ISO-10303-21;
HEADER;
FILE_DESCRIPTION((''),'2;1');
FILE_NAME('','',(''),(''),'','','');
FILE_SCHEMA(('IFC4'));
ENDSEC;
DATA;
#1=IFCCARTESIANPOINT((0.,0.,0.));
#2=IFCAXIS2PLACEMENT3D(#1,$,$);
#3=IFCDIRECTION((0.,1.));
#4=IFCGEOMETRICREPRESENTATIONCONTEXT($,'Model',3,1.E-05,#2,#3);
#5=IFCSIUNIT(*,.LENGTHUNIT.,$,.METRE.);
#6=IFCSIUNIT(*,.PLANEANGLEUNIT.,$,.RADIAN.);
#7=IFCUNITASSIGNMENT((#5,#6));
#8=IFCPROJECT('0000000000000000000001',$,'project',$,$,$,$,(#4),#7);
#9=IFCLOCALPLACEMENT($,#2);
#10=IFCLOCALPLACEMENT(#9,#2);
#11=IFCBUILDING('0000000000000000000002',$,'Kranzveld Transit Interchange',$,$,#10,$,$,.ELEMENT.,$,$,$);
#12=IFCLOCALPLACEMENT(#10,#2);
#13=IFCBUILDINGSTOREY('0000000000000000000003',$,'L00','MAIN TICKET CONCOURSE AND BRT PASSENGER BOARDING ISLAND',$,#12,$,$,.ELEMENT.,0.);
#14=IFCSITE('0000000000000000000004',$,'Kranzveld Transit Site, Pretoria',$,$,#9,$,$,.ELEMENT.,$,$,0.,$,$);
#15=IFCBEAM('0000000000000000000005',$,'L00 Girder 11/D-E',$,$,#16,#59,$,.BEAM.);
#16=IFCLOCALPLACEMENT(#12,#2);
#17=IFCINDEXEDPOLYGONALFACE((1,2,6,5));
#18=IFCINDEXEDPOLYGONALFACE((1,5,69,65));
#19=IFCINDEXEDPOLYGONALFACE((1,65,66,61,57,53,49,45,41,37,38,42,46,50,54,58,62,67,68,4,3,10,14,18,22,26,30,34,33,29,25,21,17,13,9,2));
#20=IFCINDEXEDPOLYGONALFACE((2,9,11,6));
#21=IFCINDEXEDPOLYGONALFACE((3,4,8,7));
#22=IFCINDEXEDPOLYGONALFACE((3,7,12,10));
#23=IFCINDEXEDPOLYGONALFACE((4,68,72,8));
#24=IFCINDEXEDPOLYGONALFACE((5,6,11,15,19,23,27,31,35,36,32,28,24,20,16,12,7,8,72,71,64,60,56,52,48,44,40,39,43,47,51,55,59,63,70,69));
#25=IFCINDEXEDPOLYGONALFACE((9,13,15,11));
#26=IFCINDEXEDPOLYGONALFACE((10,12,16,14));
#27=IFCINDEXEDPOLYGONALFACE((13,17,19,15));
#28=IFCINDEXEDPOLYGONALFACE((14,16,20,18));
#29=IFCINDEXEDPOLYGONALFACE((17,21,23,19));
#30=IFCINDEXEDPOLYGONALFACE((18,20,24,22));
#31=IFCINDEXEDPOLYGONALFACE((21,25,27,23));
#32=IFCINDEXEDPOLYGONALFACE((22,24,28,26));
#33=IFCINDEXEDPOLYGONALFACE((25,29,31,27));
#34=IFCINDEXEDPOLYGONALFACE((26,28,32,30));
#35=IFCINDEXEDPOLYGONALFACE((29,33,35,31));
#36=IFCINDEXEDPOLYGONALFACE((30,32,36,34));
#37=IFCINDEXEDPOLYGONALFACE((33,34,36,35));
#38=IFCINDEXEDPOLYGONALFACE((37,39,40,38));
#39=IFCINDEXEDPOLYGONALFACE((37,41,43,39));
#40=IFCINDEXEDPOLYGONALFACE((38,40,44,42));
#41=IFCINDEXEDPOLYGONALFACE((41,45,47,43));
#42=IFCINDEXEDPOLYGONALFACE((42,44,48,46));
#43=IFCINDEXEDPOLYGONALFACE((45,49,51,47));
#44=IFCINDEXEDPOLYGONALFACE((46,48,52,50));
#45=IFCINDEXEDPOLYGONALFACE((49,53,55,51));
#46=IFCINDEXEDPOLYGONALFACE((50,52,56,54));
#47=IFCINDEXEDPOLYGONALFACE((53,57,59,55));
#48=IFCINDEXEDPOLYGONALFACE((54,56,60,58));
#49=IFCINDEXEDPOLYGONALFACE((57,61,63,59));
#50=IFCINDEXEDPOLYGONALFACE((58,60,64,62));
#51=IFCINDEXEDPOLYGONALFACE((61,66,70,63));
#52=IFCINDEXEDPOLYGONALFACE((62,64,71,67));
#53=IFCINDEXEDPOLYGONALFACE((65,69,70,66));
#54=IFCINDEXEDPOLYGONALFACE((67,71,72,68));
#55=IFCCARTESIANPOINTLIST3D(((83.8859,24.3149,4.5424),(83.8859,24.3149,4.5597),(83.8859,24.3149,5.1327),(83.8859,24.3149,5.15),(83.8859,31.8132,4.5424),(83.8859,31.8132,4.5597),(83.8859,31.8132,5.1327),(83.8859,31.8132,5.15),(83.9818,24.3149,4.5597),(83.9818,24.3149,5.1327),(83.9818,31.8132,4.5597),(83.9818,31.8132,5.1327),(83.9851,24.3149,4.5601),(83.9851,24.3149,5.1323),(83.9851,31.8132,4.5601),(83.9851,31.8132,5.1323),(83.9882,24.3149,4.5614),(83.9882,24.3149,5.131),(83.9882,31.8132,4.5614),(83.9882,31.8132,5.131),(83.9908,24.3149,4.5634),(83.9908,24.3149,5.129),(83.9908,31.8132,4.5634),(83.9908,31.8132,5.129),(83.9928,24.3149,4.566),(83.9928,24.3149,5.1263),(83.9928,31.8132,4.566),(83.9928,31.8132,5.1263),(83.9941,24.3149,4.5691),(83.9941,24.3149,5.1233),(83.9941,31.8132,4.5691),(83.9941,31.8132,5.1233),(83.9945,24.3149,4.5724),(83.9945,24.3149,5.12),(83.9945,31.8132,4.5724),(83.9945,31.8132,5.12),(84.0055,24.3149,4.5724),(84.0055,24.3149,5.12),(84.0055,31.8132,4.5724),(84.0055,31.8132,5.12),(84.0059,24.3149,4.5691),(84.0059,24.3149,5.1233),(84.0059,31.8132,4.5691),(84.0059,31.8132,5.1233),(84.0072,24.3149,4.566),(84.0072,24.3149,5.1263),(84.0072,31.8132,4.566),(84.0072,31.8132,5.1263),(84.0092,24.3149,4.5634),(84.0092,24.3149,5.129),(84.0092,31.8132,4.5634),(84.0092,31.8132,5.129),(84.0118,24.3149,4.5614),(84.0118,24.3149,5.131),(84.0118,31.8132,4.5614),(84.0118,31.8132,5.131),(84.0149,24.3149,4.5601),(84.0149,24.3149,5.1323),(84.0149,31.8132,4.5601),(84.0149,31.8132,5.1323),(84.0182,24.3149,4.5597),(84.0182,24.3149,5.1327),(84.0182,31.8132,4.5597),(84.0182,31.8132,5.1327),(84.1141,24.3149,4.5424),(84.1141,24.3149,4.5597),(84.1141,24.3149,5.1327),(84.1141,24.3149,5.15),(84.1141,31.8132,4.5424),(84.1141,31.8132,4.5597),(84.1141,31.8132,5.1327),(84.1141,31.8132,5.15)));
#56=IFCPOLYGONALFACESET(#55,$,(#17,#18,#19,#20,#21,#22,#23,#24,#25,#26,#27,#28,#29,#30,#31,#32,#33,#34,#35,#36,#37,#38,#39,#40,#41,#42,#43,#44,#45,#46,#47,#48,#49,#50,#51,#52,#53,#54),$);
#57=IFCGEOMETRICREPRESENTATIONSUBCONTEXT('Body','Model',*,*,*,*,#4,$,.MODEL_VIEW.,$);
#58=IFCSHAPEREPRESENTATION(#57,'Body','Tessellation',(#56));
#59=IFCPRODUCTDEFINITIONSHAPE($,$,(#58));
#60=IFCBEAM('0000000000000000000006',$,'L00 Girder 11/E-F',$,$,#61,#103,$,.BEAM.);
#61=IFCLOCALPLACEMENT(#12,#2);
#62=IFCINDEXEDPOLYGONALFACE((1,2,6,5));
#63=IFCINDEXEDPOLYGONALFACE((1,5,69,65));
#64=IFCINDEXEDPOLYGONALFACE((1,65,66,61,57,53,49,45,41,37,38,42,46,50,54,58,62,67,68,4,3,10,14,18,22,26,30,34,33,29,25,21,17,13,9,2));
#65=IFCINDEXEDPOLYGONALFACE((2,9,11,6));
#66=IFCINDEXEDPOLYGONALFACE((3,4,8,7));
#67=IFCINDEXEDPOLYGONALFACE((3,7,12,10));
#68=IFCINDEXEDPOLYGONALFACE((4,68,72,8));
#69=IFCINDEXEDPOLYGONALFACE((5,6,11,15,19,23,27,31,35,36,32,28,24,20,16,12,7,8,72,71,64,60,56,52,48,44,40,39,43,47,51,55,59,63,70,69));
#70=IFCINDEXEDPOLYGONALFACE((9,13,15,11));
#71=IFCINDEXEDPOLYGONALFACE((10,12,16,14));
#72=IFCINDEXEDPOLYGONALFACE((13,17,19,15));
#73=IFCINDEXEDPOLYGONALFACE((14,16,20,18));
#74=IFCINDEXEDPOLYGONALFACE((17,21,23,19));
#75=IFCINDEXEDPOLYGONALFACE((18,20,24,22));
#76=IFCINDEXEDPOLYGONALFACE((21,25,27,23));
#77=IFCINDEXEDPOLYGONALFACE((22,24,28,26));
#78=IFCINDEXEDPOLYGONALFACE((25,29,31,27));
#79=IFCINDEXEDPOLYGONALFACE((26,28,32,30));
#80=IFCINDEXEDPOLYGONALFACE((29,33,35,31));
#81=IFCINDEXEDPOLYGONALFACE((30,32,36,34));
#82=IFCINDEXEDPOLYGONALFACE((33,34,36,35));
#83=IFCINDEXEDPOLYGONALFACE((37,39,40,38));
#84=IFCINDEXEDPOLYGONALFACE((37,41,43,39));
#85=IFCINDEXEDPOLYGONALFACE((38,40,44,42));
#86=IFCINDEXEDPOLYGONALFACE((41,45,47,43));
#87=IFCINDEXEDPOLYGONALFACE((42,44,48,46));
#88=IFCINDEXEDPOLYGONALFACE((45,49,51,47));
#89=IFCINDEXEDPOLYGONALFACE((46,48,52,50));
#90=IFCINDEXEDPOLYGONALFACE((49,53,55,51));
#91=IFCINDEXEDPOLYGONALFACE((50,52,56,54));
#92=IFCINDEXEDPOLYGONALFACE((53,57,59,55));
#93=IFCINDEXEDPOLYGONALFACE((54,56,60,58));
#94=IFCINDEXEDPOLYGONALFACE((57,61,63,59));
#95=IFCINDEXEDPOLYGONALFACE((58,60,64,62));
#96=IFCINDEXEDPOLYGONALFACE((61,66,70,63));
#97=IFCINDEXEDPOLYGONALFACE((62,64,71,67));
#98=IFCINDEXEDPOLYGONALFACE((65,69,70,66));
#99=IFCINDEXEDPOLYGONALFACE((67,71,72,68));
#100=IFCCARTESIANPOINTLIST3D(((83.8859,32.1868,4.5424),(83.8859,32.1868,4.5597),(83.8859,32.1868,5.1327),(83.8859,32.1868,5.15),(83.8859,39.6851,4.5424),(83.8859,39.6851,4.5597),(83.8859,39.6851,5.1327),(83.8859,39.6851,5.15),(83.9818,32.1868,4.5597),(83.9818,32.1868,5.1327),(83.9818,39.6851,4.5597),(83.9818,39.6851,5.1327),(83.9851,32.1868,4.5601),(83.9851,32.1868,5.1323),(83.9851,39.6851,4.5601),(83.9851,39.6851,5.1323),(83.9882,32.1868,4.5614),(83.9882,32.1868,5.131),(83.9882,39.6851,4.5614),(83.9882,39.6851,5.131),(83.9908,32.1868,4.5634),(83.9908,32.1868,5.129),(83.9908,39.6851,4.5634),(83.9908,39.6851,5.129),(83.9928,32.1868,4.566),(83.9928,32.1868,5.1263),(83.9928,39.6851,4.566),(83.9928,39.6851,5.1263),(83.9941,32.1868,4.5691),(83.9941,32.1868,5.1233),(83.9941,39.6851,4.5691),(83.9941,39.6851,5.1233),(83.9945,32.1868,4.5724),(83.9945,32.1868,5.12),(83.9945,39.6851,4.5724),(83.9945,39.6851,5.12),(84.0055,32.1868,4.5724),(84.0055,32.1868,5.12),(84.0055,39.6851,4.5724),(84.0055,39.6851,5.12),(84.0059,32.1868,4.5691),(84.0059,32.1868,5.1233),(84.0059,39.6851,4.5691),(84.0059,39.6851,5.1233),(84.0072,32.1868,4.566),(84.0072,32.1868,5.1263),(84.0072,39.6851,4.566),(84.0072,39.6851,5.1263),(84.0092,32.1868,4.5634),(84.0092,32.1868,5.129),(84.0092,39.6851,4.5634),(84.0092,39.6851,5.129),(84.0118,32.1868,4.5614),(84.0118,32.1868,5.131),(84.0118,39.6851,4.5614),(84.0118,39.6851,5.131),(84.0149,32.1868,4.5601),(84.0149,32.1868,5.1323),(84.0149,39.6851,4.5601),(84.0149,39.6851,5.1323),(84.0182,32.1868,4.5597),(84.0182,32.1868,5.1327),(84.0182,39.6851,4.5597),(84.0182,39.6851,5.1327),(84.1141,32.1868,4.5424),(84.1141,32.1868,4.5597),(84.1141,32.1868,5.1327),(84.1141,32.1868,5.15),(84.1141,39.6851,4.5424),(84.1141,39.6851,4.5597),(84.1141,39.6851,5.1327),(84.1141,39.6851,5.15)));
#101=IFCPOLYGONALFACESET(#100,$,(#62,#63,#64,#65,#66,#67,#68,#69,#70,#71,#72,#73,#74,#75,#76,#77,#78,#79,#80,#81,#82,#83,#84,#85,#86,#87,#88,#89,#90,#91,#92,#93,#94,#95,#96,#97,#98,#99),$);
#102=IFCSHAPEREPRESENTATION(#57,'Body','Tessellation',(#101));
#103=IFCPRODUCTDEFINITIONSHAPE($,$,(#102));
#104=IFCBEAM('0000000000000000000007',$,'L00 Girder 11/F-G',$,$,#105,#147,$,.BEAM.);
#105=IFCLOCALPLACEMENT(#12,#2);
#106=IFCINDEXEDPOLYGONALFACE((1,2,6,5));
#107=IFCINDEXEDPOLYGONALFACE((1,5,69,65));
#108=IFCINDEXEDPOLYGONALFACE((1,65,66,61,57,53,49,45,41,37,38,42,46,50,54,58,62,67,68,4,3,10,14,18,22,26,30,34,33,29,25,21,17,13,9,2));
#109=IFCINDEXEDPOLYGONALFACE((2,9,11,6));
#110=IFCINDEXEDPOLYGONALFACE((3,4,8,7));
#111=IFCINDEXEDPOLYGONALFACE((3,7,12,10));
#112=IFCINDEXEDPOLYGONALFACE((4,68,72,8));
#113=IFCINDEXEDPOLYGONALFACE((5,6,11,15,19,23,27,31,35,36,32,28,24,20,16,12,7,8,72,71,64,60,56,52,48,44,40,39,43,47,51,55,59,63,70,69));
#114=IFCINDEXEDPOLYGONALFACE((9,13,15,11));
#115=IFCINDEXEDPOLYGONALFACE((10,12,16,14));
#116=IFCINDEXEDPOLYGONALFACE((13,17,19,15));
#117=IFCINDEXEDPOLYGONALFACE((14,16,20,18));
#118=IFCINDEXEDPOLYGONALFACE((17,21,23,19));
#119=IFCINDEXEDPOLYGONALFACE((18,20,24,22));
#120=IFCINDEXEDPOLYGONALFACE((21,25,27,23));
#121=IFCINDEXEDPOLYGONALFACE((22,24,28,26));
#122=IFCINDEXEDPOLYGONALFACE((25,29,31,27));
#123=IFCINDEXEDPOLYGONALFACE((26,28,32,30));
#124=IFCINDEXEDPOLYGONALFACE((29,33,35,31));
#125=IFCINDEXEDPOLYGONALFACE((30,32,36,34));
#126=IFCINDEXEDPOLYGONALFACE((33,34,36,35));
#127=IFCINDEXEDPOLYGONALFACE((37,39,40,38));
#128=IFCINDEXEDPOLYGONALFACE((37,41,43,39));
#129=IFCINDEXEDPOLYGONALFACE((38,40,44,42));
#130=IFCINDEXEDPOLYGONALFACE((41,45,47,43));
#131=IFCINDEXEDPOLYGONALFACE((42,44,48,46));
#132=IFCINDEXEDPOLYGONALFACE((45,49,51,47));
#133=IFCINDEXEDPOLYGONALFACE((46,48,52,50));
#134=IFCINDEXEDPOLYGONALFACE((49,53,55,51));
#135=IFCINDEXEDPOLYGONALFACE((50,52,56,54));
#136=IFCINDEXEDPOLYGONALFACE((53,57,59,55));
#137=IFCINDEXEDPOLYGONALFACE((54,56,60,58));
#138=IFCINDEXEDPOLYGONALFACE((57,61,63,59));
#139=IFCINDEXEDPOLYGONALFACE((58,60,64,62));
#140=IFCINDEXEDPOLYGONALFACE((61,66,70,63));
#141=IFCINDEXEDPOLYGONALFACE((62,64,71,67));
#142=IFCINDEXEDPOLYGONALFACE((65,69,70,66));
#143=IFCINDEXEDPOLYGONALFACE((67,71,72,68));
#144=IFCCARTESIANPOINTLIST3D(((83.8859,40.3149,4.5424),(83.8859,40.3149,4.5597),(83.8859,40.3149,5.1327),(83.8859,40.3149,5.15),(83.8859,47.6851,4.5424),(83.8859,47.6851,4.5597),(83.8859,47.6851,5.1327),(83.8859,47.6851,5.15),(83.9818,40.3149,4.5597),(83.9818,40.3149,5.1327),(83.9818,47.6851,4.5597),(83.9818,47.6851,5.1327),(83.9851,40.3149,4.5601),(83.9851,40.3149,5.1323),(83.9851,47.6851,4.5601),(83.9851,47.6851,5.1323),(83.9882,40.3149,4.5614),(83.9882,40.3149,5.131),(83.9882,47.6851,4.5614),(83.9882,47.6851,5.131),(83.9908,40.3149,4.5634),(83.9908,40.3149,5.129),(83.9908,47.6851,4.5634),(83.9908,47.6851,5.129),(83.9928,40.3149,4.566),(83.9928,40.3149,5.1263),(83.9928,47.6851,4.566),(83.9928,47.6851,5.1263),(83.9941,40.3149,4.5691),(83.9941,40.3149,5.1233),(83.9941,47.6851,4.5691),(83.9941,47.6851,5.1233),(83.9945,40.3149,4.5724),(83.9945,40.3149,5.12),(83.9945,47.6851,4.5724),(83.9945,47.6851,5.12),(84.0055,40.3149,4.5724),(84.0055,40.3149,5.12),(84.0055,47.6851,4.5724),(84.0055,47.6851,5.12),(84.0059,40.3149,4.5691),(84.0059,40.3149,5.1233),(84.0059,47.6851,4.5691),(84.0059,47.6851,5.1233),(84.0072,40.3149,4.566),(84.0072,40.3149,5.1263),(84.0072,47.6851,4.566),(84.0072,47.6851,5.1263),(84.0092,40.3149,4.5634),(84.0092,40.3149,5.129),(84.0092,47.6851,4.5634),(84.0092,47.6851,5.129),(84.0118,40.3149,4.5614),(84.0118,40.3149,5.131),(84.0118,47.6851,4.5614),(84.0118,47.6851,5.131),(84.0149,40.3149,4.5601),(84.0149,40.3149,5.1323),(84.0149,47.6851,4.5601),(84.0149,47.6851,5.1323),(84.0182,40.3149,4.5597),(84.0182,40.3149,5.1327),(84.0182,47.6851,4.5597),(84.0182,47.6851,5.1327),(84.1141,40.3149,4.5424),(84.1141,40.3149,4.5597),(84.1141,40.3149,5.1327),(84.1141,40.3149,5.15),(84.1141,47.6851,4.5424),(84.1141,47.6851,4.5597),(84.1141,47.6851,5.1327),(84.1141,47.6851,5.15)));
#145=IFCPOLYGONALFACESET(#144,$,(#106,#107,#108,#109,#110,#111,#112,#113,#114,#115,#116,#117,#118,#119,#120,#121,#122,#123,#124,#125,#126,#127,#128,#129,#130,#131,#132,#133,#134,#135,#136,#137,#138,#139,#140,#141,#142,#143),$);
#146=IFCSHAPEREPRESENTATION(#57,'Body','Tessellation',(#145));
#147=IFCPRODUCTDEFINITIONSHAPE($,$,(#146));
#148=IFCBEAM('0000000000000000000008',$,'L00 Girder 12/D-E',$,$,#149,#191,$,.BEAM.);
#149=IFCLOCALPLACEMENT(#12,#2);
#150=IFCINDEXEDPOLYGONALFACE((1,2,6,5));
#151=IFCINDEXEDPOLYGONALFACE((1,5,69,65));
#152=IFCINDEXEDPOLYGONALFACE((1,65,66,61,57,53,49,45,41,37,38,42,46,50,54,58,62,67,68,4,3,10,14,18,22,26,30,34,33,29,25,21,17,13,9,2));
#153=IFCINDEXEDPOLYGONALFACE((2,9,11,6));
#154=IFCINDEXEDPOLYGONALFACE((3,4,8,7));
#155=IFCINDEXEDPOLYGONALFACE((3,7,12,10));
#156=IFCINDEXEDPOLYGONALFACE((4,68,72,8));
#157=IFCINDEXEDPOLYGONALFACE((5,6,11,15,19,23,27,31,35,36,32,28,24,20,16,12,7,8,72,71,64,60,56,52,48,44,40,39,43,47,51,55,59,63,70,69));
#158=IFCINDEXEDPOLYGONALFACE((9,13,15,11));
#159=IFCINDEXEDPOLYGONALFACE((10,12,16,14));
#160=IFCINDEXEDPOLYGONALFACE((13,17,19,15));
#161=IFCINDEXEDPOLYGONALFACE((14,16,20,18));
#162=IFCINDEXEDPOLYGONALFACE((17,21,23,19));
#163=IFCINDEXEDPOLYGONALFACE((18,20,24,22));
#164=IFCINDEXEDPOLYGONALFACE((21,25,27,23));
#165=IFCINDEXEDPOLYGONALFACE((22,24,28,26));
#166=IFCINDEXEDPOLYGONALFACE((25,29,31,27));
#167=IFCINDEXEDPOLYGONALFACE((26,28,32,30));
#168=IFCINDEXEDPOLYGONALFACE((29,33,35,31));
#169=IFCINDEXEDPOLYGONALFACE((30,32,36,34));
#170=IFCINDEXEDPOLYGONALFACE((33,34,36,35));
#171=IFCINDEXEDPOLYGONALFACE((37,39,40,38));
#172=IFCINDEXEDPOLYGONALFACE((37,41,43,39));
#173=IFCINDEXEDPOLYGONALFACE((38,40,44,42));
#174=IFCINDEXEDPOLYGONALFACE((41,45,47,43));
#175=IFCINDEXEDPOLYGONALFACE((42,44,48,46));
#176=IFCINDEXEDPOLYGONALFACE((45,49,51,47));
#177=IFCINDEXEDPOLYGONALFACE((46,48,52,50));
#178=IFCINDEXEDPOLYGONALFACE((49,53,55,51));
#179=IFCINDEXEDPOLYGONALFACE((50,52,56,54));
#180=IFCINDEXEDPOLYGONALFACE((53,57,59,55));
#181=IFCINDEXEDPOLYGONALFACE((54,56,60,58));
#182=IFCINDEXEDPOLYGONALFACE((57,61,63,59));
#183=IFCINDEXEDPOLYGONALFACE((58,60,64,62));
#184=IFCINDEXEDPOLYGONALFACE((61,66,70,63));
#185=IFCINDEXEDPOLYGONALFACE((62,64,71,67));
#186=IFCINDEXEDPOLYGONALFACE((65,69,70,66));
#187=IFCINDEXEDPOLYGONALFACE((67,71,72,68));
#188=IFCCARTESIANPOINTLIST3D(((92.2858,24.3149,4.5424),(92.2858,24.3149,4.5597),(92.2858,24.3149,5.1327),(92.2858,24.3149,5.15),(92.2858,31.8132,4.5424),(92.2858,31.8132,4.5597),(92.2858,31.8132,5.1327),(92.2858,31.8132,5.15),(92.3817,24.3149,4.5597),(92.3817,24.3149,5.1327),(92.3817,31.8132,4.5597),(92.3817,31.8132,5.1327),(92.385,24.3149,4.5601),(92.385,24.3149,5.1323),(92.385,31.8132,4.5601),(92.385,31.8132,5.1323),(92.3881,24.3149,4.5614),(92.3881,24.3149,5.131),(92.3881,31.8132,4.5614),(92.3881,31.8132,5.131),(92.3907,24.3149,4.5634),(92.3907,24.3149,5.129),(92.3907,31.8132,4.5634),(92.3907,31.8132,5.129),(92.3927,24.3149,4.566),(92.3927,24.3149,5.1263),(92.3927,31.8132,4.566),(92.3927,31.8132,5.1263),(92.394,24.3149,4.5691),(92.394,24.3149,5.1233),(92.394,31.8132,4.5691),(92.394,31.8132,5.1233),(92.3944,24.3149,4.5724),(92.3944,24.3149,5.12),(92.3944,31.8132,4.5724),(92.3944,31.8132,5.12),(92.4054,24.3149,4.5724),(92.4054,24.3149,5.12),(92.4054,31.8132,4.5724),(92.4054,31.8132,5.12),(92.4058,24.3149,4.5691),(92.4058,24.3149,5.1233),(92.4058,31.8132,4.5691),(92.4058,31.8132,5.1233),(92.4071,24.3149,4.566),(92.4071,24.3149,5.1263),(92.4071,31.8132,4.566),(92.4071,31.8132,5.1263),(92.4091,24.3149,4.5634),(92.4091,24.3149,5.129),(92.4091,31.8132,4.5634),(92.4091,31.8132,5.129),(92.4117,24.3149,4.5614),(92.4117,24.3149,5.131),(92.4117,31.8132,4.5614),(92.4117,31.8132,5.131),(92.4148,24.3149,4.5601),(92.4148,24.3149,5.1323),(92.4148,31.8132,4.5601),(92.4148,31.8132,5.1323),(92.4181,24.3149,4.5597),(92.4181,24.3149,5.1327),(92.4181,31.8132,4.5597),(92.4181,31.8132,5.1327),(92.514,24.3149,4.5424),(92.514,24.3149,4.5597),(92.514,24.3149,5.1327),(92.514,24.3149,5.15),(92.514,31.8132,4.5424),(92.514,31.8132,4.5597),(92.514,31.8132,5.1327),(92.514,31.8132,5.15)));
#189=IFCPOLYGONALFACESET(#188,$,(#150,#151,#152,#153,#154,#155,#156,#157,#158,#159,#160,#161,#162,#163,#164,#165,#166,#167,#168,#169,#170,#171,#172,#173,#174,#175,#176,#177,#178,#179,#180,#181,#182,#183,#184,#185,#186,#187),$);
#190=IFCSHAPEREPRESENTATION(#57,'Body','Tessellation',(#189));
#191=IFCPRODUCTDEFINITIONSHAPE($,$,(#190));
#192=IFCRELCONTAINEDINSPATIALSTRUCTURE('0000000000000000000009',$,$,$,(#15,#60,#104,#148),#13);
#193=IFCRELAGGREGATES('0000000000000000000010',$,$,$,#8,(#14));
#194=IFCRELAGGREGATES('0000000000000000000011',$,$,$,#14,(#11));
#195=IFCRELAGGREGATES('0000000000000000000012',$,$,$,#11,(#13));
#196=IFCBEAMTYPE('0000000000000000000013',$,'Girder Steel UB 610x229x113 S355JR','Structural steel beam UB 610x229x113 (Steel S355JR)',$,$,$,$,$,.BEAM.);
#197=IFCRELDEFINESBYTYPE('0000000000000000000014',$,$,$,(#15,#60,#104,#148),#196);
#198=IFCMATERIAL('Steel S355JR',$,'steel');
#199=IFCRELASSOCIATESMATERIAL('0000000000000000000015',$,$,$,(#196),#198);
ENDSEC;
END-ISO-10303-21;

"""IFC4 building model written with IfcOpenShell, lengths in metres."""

from ifc_helpers import new_model, si_unit, direction, frame, origin, origin_2d, place, context, subcontext, project, spatial, i_section, extrude, material, material_profile, profile_set, type_object, element, save


model = new_model("IFC4")

# Units and contexts
model_context = context("Model", 3, precision=1e-05, world=origin(), true_north=direction((0.0, 1.0)))
body_context = subcontext(model_context, "Body", "Model", "MODEL_VIEW")
ifc_project = project(units=[si_unit("LENGTHUNIT", "METRE"), si_unit("PLANEANGLEUNIT", "RADIAN")], contexts=[model_context])

# Site, building, storey
site_placement = place(None, origin())
site = spatial("IfcSite", under=ifc_project, at=site_placement, Name="Kranzveld Transit Site, Pretoria", CompositionType="ELEMENT", RefElevation=0.0)
building_placement = place(site_placement, origin())
building = spatial("IfcBuilding", under=site, at=building_placement, Name="Kranzveld Transit Interchange", CompositionType="ELEMENT")
storey_placement = place(building_placement, origin())
storey = spatial("IfcBuildingStorey", under=building, at=storey_placement, Name="L00", Description="MAIN TICKET CONCOURSE AND BRT PASSENGER BOARDING ISLAND", CompositionType="ELEMENT", Elevation=0.0)

# Beams
ifc_material_1 = material(Name="Steel S355JR", Category="steel")
ifc_material_profile_1 = material_profile(ifc_material_1, i_section(OverallWidth=0.2283, OverallDepth=0.6077, WebThickness=0.011, FlangeThickness=0.0173, FilletRadius=0.0127, at=origin_2d()), Name="UB 610x229x113")
ifc_profile_set_1 = profile_set([ifc_material_profile_1], Name="Steel S355JR")
beam_type_1 = type_object("IfcBeamType", Name="Girder Steel UB 610x229x113 S355JR", Description="Structural steel beam UB 610x229x113 (Steel S355JR)", PredefinedType="BEAM", material=ifc_profile_set_1)
for number, where, z_axis, x_axis, name in (
    (1, (84.0, 24.3149, 4.8462), (0.0, 1.0, 0.0), (-1.0, 0.0, 0.0), "L00 Girder 11/D-E"),
    (2, (84.0, 32.1868, 4.8462), (0.0, 1.0, 0.0), (-1.0, 0.0, 0.0), "L00 Girder 11/E-F"),
):
    element("IfcBeam", number, at=place(storey_placement, frame(where, z_axis=z_axis, x_axis=x_axis)), inside=storey, type_object=beam_type_1, Name=name, PredefinedType="BEAM", context=body_context, shape_type="SweptSolid", body=[
        extrude(i_section(OverallWidth=0.2283, OverallDepth=0.6077, WebThickness=0.011, FlangeThickness=0.0173, FilletRadius=0.0127, at=origin_2d()), origin(), (0.0, 0.0, 1.0), 7.4983),
    ])
beam_1_placement = place(storey_placement, frame((84.0, 40.3149, 4.8462), z_axis=(0.0, 1.0, 0.0), x_axis=(-1.0, 0.0, 0.0)))
element("IfcBeam", 3, at=beam_1_placement, inside=storey, type_object=beam_type_1, Name="L00 Girder 11/F-G", PredefinedType="BEAM", context=body_context, shape_type="SweptSolid", body=[
    extrude(i_section(OverallWidth=0.2283, OverallDepth=0.6077, WebThickness=0.011, FlangeThickness=0.0173, FilletRadius=0.0127, at=origin_2d()), origin(), (0.0, 0.0, 1.0), 7.3701),
])
for number, where, z_axis, x_axis, name in (
    (4, (92.3999, 24.3149, 4.8462), (0.0, 1.0, 0.0), (-1.0, 0.0, 0.0), "L00 Girder 12/D-E"),
):
    element("IfcBeam", number, at=place(storey_placement, frame(where, z_axis=z_axis, x_axis=x_axis)), inside=storey, type_object=beam_type_1, Name=name, PredefinedType="BEAM", context=body_context, shape_type="SweptSolid", body=[
        extrude(i_section(OverallWidth=0.2283, OverallDepth=0.6077, WebThickness=0.011, FlangeThickness=0.0173, FilletRadius=0.0127, at=origin_2d()), origin(), (0.0, 0.0, 1.0), 7.4983),
    ])

save(model, "model.ifc")
